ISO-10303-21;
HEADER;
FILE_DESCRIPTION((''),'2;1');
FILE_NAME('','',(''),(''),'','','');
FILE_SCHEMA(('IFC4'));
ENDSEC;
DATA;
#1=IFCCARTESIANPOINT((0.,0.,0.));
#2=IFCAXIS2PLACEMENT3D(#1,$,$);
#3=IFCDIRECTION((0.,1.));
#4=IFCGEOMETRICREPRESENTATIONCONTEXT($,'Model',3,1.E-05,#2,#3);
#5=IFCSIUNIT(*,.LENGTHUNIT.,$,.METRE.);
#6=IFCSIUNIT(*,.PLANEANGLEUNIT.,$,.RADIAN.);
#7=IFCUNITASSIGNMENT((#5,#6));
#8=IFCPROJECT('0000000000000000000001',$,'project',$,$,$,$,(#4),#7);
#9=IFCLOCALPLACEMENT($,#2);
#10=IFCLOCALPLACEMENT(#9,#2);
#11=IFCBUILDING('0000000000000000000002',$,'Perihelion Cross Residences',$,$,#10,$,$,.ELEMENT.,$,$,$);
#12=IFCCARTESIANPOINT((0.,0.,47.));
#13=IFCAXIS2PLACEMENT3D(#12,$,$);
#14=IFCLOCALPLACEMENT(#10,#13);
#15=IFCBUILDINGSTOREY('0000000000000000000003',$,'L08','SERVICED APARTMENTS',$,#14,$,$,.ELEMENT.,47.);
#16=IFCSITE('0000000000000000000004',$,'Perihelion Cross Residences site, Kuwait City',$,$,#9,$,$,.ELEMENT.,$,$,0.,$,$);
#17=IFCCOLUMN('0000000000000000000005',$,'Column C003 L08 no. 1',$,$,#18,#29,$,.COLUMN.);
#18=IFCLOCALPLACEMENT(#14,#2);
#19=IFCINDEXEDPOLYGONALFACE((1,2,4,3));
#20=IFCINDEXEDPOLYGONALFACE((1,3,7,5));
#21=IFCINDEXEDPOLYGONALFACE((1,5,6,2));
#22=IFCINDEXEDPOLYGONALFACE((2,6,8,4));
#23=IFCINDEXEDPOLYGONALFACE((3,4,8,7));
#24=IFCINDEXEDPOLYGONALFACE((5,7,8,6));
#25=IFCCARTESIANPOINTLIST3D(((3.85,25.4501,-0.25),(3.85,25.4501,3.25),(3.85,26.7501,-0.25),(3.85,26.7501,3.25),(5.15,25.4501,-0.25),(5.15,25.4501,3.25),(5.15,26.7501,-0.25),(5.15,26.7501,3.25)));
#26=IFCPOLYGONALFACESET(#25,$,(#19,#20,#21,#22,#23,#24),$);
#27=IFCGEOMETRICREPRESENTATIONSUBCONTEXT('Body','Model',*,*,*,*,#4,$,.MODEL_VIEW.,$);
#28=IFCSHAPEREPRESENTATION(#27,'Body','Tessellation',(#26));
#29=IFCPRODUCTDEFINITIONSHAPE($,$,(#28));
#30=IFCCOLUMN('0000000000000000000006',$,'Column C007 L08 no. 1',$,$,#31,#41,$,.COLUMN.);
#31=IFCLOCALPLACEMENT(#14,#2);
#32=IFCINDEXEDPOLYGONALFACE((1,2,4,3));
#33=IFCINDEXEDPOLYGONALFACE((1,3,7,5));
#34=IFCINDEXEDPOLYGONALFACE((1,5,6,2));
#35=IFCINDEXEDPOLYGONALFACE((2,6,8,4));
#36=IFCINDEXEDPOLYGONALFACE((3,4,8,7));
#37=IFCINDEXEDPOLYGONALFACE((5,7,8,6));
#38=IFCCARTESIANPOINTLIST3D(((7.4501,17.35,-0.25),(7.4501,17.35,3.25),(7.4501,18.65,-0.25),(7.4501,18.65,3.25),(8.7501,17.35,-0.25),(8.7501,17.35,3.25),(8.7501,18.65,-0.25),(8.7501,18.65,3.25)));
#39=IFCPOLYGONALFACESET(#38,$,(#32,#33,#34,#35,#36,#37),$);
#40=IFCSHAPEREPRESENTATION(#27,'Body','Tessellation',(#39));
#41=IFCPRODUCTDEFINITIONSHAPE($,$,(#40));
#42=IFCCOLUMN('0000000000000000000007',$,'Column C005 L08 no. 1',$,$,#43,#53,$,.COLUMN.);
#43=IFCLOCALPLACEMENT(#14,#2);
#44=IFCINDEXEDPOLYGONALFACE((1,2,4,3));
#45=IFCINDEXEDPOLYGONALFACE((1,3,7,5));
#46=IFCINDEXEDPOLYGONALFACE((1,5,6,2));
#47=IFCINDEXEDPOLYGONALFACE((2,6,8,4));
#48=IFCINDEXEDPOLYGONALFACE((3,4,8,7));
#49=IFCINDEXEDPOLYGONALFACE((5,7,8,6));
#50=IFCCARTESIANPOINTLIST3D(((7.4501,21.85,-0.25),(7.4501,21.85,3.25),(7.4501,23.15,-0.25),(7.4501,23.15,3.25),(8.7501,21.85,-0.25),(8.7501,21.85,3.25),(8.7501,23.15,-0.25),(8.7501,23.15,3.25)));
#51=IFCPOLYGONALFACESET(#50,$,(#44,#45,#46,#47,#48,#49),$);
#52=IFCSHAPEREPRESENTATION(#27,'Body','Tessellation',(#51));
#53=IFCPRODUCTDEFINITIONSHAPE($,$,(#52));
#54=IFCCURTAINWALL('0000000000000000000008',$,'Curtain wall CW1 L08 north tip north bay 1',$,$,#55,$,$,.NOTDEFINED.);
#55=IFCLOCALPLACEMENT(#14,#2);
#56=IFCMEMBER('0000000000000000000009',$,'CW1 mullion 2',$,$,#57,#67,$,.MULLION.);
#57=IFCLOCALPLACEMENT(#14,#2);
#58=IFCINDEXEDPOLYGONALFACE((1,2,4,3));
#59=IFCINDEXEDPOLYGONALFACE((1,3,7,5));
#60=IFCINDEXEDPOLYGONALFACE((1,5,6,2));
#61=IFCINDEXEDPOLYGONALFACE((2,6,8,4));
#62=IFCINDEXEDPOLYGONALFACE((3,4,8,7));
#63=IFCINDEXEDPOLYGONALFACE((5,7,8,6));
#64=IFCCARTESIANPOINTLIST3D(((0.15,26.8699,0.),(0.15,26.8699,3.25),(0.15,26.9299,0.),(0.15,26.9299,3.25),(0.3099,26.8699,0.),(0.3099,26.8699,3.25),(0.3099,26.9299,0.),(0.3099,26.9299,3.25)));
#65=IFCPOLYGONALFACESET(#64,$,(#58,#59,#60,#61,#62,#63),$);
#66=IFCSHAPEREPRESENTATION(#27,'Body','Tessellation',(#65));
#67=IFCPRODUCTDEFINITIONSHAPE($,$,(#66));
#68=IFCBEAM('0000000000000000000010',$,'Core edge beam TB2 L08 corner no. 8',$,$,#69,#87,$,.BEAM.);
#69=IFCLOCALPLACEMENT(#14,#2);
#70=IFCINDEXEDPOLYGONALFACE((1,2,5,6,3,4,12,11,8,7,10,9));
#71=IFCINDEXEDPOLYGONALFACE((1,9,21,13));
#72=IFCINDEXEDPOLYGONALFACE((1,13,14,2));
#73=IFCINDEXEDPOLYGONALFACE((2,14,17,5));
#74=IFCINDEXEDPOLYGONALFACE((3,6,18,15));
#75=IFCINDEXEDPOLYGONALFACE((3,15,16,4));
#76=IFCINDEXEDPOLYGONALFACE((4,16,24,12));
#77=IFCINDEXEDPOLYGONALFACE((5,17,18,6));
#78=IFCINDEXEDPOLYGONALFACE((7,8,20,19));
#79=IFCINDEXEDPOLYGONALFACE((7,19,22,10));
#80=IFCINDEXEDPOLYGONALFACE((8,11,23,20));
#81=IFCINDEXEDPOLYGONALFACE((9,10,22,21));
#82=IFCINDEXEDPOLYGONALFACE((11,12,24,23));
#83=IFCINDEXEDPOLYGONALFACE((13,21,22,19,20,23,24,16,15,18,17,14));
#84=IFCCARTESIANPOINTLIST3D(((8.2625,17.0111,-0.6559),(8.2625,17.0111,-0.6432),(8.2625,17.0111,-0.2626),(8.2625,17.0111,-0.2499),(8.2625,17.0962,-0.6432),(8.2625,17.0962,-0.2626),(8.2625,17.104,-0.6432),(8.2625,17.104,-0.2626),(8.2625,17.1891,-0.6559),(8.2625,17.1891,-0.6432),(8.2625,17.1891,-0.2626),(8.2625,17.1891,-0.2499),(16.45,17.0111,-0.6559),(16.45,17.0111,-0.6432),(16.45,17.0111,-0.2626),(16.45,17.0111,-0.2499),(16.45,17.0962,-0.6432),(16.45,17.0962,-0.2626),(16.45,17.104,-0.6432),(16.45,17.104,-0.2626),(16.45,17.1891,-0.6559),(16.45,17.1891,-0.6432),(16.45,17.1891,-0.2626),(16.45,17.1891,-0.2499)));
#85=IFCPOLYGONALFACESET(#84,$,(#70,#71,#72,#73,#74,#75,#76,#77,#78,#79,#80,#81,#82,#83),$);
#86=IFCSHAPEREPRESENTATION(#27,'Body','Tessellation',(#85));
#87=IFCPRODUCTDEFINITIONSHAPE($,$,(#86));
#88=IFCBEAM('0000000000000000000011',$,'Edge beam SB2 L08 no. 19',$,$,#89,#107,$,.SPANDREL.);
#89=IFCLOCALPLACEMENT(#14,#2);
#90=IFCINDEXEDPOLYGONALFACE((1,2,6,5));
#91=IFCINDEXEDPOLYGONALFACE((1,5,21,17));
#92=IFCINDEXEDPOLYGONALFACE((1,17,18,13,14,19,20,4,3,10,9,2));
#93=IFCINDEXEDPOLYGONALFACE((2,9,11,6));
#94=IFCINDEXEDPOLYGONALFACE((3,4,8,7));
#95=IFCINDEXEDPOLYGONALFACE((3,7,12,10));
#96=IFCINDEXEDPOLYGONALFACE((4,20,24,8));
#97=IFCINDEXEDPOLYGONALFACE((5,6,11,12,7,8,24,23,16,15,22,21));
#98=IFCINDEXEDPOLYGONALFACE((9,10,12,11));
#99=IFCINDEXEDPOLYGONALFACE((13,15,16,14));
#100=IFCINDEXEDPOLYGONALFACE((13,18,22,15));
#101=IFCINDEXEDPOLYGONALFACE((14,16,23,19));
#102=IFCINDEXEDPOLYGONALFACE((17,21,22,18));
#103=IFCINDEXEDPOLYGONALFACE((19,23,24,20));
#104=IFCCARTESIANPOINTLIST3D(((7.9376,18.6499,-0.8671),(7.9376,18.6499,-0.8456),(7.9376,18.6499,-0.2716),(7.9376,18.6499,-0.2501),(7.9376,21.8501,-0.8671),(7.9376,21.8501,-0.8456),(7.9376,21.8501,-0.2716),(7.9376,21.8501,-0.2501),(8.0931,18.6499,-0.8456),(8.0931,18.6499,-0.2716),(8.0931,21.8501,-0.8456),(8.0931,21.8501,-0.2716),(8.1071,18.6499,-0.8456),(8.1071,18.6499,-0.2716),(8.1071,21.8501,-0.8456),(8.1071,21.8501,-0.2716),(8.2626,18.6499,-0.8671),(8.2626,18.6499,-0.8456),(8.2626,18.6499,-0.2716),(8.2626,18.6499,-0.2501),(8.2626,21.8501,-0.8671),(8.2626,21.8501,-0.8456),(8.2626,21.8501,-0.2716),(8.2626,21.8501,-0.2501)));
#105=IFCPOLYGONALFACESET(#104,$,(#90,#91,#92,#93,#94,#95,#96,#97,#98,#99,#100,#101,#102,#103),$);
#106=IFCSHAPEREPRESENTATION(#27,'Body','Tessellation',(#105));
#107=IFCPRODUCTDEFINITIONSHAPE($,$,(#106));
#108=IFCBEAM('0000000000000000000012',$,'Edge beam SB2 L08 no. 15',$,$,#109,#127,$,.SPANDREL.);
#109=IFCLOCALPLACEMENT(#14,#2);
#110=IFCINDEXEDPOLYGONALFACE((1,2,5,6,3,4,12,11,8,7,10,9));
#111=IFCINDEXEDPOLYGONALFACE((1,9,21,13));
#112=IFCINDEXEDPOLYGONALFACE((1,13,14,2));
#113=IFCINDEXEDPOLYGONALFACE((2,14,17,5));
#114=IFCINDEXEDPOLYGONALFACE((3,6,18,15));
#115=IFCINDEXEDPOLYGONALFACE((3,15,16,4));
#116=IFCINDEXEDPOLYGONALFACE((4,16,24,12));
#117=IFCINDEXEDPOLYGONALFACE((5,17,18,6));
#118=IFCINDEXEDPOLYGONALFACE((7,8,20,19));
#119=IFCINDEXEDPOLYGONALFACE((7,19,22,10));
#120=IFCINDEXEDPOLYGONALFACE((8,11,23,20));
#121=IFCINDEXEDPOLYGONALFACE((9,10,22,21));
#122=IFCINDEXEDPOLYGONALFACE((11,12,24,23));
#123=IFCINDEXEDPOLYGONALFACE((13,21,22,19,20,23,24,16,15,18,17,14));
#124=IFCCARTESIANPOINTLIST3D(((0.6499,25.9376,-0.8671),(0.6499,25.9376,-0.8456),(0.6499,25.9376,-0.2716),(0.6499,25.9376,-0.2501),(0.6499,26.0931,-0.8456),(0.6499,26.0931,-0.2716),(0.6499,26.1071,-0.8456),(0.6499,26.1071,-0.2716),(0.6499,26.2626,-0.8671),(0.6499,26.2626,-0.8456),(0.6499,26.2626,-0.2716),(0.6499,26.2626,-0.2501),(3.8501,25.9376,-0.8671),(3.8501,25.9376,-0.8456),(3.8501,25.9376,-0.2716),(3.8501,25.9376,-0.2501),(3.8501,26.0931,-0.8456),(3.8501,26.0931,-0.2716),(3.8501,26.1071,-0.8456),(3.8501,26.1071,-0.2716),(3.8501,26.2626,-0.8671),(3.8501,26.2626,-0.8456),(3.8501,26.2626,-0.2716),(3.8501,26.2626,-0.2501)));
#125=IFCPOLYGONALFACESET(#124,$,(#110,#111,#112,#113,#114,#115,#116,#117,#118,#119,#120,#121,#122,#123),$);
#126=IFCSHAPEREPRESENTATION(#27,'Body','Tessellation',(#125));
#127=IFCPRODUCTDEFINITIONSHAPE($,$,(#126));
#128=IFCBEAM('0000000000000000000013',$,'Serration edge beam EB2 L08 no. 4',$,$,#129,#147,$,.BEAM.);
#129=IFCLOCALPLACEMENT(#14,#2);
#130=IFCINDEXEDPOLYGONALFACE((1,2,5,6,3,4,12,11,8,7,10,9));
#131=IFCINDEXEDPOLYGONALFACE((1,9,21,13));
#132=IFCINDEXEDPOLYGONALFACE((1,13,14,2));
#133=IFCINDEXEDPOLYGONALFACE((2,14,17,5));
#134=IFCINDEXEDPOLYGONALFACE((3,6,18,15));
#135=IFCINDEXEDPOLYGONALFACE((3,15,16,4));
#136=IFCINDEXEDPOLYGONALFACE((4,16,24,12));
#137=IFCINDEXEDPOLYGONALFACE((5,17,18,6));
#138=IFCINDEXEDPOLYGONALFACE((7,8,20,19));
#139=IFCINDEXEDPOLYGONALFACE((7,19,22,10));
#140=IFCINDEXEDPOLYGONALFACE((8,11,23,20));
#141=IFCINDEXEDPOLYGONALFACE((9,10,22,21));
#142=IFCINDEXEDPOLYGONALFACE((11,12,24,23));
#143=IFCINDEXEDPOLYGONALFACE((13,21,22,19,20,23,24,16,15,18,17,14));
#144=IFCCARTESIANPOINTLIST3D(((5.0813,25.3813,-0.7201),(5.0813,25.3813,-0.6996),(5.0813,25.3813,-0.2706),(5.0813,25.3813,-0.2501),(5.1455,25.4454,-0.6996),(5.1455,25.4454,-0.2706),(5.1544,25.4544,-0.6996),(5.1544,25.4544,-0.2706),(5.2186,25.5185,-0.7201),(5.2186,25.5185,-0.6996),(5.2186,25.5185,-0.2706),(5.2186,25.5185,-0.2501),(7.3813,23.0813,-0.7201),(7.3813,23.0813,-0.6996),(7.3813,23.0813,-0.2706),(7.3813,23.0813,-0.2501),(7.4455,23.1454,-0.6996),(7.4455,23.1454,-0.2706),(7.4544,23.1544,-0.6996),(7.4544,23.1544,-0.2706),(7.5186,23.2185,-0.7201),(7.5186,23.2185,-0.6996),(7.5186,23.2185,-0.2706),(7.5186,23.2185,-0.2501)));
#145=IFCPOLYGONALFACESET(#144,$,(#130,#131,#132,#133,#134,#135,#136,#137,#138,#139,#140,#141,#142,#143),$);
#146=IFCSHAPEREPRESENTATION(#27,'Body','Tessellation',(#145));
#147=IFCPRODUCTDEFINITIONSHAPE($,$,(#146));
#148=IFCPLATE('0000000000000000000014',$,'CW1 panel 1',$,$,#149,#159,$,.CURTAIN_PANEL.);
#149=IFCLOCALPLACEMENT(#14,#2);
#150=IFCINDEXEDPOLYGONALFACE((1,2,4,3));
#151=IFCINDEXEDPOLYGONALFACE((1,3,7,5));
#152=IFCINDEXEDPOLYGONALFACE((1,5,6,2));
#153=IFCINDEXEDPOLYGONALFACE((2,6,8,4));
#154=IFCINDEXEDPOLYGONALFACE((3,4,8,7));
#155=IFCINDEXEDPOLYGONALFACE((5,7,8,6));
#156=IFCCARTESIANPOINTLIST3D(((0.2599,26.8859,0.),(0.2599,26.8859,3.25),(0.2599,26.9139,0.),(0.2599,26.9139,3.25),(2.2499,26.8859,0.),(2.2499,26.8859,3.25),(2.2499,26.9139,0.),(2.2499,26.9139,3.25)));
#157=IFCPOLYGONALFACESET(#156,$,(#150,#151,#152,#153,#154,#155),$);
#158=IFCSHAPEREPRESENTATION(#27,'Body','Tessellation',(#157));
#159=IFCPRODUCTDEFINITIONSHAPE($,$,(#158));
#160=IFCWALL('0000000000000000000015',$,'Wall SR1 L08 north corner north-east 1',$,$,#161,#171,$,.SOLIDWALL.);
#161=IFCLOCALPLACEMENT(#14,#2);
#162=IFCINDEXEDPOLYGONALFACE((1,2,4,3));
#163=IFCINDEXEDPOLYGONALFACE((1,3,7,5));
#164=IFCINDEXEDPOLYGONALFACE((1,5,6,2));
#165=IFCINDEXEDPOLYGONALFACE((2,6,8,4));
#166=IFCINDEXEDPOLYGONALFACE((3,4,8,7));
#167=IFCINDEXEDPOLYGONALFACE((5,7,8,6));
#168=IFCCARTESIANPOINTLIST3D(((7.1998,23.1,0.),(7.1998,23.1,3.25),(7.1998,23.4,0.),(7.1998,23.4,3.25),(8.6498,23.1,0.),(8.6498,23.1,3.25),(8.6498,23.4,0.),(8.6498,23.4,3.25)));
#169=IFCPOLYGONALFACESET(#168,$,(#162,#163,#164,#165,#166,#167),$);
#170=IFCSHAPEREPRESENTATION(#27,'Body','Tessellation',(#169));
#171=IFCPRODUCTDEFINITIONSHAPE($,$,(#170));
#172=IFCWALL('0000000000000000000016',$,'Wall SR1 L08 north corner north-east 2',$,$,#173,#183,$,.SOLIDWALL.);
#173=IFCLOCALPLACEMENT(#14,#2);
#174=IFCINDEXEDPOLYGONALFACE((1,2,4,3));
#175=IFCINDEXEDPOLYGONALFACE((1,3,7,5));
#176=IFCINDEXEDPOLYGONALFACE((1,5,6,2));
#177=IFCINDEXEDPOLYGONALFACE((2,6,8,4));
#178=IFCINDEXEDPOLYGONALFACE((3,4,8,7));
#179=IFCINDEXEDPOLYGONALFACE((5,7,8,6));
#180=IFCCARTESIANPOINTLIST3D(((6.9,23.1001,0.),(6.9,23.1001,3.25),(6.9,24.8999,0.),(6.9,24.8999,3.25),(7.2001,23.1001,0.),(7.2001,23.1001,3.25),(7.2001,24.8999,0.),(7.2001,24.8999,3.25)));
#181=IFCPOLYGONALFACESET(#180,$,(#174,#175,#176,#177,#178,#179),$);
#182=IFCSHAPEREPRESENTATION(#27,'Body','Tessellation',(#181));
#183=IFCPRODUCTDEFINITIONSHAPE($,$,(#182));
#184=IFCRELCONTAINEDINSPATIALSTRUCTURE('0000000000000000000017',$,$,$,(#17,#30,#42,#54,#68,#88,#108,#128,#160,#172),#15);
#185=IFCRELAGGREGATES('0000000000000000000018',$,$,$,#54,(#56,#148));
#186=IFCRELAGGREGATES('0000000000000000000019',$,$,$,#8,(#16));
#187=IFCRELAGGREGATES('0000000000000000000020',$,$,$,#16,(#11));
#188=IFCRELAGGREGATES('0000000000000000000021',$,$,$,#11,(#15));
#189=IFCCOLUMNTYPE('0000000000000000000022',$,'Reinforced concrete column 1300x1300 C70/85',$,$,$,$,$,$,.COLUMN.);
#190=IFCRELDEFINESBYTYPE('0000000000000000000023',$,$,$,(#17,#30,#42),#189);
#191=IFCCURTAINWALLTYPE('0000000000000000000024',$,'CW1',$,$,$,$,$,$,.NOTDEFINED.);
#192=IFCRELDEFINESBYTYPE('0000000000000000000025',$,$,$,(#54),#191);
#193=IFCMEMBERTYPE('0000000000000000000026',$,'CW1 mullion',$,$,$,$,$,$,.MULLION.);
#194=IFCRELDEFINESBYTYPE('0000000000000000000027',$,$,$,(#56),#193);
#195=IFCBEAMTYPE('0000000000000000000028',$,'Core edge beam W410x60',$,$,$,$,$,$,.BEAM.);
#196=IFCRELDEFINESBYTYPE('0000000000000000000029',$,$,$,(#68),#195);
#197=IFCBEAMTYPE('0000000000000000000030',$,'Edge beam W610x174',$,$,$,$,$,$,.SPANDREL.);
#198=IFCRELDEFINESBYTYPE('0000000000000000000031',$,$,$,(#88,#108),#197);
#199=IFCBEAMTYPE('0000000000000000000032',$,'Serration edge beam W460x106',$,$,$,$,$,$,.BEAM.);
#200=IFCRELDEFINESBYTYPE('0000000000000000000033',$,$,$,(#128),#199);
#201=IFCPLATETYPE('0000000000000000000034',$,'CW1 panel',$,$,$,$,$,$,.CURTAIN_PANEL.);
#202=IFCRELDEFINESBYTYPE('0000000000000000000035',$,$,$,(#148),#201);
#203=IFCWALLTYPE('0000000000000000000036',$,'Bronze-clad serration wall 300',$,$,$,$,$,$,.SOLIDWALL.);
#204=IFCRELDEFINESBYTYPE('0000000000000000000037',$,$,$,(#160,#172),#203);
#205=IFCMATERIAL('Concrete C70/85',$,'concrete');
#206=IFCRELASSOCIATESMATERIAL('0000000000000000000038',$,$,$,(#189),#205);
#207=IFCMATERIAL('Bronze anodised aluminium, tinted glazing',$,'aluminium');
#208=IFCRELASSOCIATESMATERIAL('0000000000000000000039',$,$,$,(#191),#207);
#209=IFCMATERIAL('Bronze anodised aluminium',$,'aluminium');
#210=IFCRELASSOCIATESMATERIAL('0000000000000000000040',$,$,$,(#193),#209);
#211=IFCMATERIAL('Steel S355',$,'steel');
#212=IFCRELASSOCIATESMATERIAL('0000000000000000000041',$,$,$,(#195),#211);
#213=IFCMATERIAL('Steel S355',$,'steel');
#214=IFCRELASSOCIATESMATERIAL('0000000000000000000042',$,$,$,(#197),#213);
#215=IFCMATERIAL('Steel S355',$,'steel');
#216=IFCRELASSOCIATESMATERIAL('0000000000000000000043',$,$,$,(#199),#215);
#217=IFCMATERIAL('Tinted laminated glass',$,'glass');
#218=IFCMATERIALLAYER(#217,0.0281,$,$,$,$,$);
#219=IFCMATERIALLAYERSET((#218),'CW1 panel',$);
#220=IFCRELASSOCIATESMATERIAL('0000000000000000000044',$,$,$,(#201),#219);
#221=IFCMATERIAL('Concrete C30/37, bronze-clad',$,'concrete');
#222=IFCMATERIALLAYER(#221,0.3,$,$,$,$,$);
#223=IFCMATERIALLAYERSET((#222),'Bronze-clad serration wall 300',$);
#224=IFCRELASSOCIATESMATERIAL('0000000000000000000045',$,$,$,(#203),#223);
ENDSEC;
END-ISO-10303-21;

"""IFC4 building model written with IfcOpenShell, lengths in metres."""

from ifc_helpers import new_model, si_unit, direction, frame, frame_2d, origin, origin_2d, place, context, subcontext, project, spatial, rectangle, i_section, extrude, material, layer, layer_set, material_profile, profile_set, type_object, element, aggregate, save


model = new_model("IFC4")

# Units and contexts
model_context = context("Model", 3, precision=1e-05, world=origin(), true_north=direction((0.0, 1.0)))
body_context = subcontext(model_context, "Body", "Model", "MODEL_VIEW")
ifc_project = project(units=[si_unit("LENGTHUNIT", "METRE"), si_unit("PLANEANGLEUNIT", "RADIAN")], contexts=[model_context])

# Site, building, storey
site_placement = place(None, origin())
site = spatial("IfcSite", under=ifc_project, at=site_placement, Name="Perihelion Cross Residences site, Kuwait City", CompositionType="ELEMENT", RefElevation=0.0)
building_placement = place(site_placement, origin())
building = spatial("IfcBuilding", under=site, at=building_placement, Name="Perihelion Cross Residences", CompositionType="ELEMENT")
storey_placement = place(building_placement, frame((0.0, 0.0, 47.0)))
storey = spatial("IfcBuildingStorey", under=building, at=storey_placement, Name="L08", Description="SERVICED APARTMENTS", CompositionType="ELEMENT", Elevation=47.0)

# Columns
ifc_material_1 = material(Name="Concrete C70/85", Category="concrete")
ifc_material_profile_1 = material_profile(ifc_material_1, rectangle(XDim=1.3, YDim=1.3, at=origin_2d()), Name="RC 1300x1300")
ifc_profile_set_1 = profile_set([ifc_material_profile_1], Name="Concrete C70/85")
column_type = type_object("IfcColumnType", Name="Reinforced concrete column 1300x1300 C70/85", PredefinedType="COLUMN", material=ifc_profile_set_1)
for number, where, z_axis, x_axis, name in (
    (1, (4.5, 26.1001, -0.25), (0.0, 0.0, 1.0), (1.0, 0.0, 0.0), "Column C003 L08 no. 1"),
    (2, (8.1001, 18.0, -0.25), (0.0, 0.0, 1.0), (1.0, 0.0, 0.0), "Column C007 L08 no. 1"),
    (3, (8.1001, 22.5, -0.25), (0.0, 0.0, 1.0), (1.0, 0.0, 0.0), "Column C005 L08 no. 1"),
):
    element("IfcColumn", number, at=place(storey_placement, frame(where, z_axis=z_axis, x_axis=x_axis)), inside=storey, type_object=column_type, Name=name, PredefinedType="COLUMN", context=body_context, shape_type="SweptSolid", body=[
        extrude(rectangle(XDim=1.3, YDim=1.3, at=origin_2d()), origin(), (0.0, 0.0, 1.0), 3.5),
    ])

# Curtain wall, member
ifc_material_2 = material(Name="Bronze anodised aluminium, tinted glazing", Category="aluminium")
curtain_wall_type = type_object("IfcCurtainWallType", Name="CW1", PredefinedType="NOTDEFINED", material=ifc_material_2)
curtain_wall_placement = place(storey_placement, origin())
curtain_wall = element("IfcCurtainWall", 4, at=curtain_wall_placement, inside=storey, type_object=curtain_wall_type, Name="Curtain wall CW1 L08 north tip north bay 1", PredefinedType="NOTDEFINED")
ifc_material_3 = material(Name="Bronze anodised aluminium", Category="aluminium")
ifc_material_profile_2 = material_profile(ifc_material_3, rectangle(XDim=0.0601, YDim=0.1599, at=origin_2d()), Name="CW1 mullion")
ifc_profile_set_2 = profile_set([ifc_material_profile_2], Name="Bronze anodised aluminium")
member_type = type_object("IfcMemberType", Name="CW1 mullion", PredefinedType="MULLION", material=ifc_profile_set_2)
member_placement = place(storey_placement, frame((0.23, 26.8999, 0.0), z_axis=(0.0, 0.0, 1.0), x_axis=(0.0, -1.0, 0.0)))
member = element("IfcMember", 5, at=member_placement, type_object=member_type, Name="CW1 mullion 2", PredefinedType="MULLION", context=body_context, shape_type="SweptSolid", body=[
    extrude(rectangle(XDim=0.0601, YDim=0.1599, at=origin_2d()), origin(), (0.0, 0.0, 1.0), 3.25),
])

# Beams
ifc_material_4 = material(Name="Steel S355", Category="steel")
ifc_material_profile_3 = material_profile(ifc_material_4, i_section(OverallWidth=0.178, OverallDepth=0.406, WebThickness=0.0078, FlangeThickness=0.0127, at=origin_2d()), Name="W410x60")
ifc_profile_set_3 = profile_set([ifc_material_profile_3], Name="Steel S355")
beam_type_1 = type_object("IfcBeamType", Name="Core edge beam W410x60", PredefinedType="BEAM", material=ifc_profile_set_3)
beam_1_placement = place(storey_placement, frame((8.2625, 17.1001, -0.4529), z_axis=(1.0, 0.0, 0.0), x_axis=(0.0, 1.0, 0.0)))
element("IfcBeam", 6, at=beam_1_placement, inside=storey, type_object=beam_type_1, Name="Core edge beam TB2 L08 corner no. 8", PredefinedType="BEAM", context=body_context, shape_type="SweptSolid", body=[
    extrude(i_section(OverallWidth=0.178, OverallDepth=0.406, WebThickness=0.0078, FlangeThickness=0.0127, at=origin_2d()), origin(), (0.0, 0.0, 1.0), 8.1875),
])
ifc_material_5 = material(Name="Steel S355", Category="steel")
ifc_material_profile_4 = material_profile(ifc_material_5, i_section(OverallWidth=0.325, OverallDepth=0.6169, WebThickness=0.0139, FlangeThickness=0.0215, at=origin_2d()), Name="W610x174")
ifc_profile_set_4 = profile_set([ifc_material_profile_4], Name="Steel S355")
beam_type_2 = type_object("IfcBeamType", Name="Edge beam W610x174", PredefinedType="SPANDREL", material=ifc_profile_set_4)
for number, where, z_axis, x_axis, name in (
    (7, (8.1001, 18.6499, -0.5586), (0.0, 1.0, 0.0), (-1.0, 0.0, 0.0), "Edge beam SB2 L08 no. 19"),
    (8, (3.8501, 26.1001, -0.5586), (-1.0, 0.0, 0.0), (0.0, -1.0, 0.0), "Edge beam SB2 L08 no. 15"),
):
    element("IfcBeam", number, at=place(storey_placement, frame(where, z_axis=z_axis, x_axis=x_axis)), inside=storey, type_object=beam_type_2, Name=name, PredefinedType="SPANDREL", context=body_context, shape_type="SweptSolid", body=[
        extrude(i_section(OverallWidth=0.325, OverallDepth=0.6169, WebThickness=0.0139, FlangeThickness=0.0215, at=origin_2d()), origin(), (0.0, 0.0, 1.0), 3.2002),
    ])
ifc_material_6 = material(Name="Steel S355", Category="steel")
ifc_material_profile_5 = material_profile(ifc_material_6, i_section(OverallWidth=0.1941, OverallDepth=0.47, WebThickness=0.0127, FlangeThickness=0.0205, at=origin_2d()), Name="W460x106")
ifc_profile_set_5 = profile_set([ifc_material_profile_5], Name="Steel S355")
beam_type_3 = type_object("IfcBeamType", Name="Serration edge beam W460x106", PredefinedType="BEAM", material=ifc_profile_set_5)
beam_2_placement = place(storey_placement, frame((7.45, 23.1499, -0.4851), z_axis=(-0.707107, 0.707107, 0.0), x_axis=(-0.707107, -0.707107, 0.0)))
element("IfcBeam", 9, at=beam_2_placement, inside=storey, type_object=beam_type_3, Name="Serration edge beam EB2 L08 no. 4", PredefinedType="BEAM", context=body_context, shape_type="SweptSolid", body=[
    extrude(i_section(OverallWidth=0.1941, OverallDepth=0.47, WebThickness=0.0127, FlangeThickness=0.0205, at=origin_2d()), origin(), (0.0, 0.0, 1.0), 3.2527),
])

# Plate
ifc_material_7 = material(Name="Tinted laminated glass", Category="glass")
ifc_layer_1 = layer(ifc_material_7, 0.0281)
ifc_layer_set_1 = layer_set([ifc_layer_1], Name="CW1 panel")
plate_type = type_object("IfcPlateType", Name="CW1 panel", PredefinedType="CURTAIN_PANEL", material=ifc_layer_set_1)
plate_placement = place(storey_placement, frame((1.2549, 26.8999, 0.0), z_axis=(0.0, 0.0, 1.0), x_axis=(-1.0, 0.0, 0.0)))
plate = element("IfcPlate", 10, at=plate_placement, type_object=plate_type, Name="CW1 panel 1", PredefinedType="CURTAIN_PANEL", context=body_context, shape_type="SweptSolid", body=[
    extrude(rectangle(XDim=1.99, YDim=0.0281, at=origin_2d()), origin(), (0.0, 0.0, 1.0), 3.25),
])
aggregate(curtain_wall, [member, plate])

# Walls
ifc_material_8 = material(Name="Concrete C30/37, bronze-clad", Category="concrete")
ifc_layer_2 = layer(ifc_material_8, 0.3)
ifc_layer_set_2 = layer_set([ifc_layer_2], Name="Bronze-clad serration wall 300")
wall_type_1 = type_object("IfcWallType", Name="Bronze-clad serration wall 300", PredefinedType="SOLIDWALL", material=ifc_layer_set_2)
wall_1_placement = place(storey_placement, frame((8.6499, 23.25, 0.0), z_axis=(0.0, 0.0, 1.0), x_axis=(-1.0, 0.0, 0.0)))
element("IfcWall", 11, at=wall_1_placement, inside=storey, type_object=wall_type_1, Name="Wall SR1 L08 north corner north-east 1", PredefinedType="SOLIDWALL", context=body_context, shape_type="SweptSolid", body=[
    extrude(rectangle(XDim=1.45, YDim=0.3, at=frame_2d((0.7251, 0.0))), origin(), (0.0, 0.0, 1.0), 3.25),
])
wall_2_placement = place(storey_placement, frame((7.05, 23.1001, 0.0), z_axis=(0.0, 0.0, 1.0), x_axis=(0.0, 1.0, 0.0)))
element("IfcWall", 12, at=wall_2_placement, inside=storey, type_object=wall_type_1, Name="Wall SR1 L08 north corner north-east 2", PredefinedType="SOLIDWALL", context=body_context, shape_type="SweptSolid", body=[
    extrude(rectangle(XDim=1.7998, YDim=0.3, at=frame_2d((0.8999, 0.0))), origin(), (0.0, 0.0, 1.0), 3.25),
])

save(model, "model.ifc")
